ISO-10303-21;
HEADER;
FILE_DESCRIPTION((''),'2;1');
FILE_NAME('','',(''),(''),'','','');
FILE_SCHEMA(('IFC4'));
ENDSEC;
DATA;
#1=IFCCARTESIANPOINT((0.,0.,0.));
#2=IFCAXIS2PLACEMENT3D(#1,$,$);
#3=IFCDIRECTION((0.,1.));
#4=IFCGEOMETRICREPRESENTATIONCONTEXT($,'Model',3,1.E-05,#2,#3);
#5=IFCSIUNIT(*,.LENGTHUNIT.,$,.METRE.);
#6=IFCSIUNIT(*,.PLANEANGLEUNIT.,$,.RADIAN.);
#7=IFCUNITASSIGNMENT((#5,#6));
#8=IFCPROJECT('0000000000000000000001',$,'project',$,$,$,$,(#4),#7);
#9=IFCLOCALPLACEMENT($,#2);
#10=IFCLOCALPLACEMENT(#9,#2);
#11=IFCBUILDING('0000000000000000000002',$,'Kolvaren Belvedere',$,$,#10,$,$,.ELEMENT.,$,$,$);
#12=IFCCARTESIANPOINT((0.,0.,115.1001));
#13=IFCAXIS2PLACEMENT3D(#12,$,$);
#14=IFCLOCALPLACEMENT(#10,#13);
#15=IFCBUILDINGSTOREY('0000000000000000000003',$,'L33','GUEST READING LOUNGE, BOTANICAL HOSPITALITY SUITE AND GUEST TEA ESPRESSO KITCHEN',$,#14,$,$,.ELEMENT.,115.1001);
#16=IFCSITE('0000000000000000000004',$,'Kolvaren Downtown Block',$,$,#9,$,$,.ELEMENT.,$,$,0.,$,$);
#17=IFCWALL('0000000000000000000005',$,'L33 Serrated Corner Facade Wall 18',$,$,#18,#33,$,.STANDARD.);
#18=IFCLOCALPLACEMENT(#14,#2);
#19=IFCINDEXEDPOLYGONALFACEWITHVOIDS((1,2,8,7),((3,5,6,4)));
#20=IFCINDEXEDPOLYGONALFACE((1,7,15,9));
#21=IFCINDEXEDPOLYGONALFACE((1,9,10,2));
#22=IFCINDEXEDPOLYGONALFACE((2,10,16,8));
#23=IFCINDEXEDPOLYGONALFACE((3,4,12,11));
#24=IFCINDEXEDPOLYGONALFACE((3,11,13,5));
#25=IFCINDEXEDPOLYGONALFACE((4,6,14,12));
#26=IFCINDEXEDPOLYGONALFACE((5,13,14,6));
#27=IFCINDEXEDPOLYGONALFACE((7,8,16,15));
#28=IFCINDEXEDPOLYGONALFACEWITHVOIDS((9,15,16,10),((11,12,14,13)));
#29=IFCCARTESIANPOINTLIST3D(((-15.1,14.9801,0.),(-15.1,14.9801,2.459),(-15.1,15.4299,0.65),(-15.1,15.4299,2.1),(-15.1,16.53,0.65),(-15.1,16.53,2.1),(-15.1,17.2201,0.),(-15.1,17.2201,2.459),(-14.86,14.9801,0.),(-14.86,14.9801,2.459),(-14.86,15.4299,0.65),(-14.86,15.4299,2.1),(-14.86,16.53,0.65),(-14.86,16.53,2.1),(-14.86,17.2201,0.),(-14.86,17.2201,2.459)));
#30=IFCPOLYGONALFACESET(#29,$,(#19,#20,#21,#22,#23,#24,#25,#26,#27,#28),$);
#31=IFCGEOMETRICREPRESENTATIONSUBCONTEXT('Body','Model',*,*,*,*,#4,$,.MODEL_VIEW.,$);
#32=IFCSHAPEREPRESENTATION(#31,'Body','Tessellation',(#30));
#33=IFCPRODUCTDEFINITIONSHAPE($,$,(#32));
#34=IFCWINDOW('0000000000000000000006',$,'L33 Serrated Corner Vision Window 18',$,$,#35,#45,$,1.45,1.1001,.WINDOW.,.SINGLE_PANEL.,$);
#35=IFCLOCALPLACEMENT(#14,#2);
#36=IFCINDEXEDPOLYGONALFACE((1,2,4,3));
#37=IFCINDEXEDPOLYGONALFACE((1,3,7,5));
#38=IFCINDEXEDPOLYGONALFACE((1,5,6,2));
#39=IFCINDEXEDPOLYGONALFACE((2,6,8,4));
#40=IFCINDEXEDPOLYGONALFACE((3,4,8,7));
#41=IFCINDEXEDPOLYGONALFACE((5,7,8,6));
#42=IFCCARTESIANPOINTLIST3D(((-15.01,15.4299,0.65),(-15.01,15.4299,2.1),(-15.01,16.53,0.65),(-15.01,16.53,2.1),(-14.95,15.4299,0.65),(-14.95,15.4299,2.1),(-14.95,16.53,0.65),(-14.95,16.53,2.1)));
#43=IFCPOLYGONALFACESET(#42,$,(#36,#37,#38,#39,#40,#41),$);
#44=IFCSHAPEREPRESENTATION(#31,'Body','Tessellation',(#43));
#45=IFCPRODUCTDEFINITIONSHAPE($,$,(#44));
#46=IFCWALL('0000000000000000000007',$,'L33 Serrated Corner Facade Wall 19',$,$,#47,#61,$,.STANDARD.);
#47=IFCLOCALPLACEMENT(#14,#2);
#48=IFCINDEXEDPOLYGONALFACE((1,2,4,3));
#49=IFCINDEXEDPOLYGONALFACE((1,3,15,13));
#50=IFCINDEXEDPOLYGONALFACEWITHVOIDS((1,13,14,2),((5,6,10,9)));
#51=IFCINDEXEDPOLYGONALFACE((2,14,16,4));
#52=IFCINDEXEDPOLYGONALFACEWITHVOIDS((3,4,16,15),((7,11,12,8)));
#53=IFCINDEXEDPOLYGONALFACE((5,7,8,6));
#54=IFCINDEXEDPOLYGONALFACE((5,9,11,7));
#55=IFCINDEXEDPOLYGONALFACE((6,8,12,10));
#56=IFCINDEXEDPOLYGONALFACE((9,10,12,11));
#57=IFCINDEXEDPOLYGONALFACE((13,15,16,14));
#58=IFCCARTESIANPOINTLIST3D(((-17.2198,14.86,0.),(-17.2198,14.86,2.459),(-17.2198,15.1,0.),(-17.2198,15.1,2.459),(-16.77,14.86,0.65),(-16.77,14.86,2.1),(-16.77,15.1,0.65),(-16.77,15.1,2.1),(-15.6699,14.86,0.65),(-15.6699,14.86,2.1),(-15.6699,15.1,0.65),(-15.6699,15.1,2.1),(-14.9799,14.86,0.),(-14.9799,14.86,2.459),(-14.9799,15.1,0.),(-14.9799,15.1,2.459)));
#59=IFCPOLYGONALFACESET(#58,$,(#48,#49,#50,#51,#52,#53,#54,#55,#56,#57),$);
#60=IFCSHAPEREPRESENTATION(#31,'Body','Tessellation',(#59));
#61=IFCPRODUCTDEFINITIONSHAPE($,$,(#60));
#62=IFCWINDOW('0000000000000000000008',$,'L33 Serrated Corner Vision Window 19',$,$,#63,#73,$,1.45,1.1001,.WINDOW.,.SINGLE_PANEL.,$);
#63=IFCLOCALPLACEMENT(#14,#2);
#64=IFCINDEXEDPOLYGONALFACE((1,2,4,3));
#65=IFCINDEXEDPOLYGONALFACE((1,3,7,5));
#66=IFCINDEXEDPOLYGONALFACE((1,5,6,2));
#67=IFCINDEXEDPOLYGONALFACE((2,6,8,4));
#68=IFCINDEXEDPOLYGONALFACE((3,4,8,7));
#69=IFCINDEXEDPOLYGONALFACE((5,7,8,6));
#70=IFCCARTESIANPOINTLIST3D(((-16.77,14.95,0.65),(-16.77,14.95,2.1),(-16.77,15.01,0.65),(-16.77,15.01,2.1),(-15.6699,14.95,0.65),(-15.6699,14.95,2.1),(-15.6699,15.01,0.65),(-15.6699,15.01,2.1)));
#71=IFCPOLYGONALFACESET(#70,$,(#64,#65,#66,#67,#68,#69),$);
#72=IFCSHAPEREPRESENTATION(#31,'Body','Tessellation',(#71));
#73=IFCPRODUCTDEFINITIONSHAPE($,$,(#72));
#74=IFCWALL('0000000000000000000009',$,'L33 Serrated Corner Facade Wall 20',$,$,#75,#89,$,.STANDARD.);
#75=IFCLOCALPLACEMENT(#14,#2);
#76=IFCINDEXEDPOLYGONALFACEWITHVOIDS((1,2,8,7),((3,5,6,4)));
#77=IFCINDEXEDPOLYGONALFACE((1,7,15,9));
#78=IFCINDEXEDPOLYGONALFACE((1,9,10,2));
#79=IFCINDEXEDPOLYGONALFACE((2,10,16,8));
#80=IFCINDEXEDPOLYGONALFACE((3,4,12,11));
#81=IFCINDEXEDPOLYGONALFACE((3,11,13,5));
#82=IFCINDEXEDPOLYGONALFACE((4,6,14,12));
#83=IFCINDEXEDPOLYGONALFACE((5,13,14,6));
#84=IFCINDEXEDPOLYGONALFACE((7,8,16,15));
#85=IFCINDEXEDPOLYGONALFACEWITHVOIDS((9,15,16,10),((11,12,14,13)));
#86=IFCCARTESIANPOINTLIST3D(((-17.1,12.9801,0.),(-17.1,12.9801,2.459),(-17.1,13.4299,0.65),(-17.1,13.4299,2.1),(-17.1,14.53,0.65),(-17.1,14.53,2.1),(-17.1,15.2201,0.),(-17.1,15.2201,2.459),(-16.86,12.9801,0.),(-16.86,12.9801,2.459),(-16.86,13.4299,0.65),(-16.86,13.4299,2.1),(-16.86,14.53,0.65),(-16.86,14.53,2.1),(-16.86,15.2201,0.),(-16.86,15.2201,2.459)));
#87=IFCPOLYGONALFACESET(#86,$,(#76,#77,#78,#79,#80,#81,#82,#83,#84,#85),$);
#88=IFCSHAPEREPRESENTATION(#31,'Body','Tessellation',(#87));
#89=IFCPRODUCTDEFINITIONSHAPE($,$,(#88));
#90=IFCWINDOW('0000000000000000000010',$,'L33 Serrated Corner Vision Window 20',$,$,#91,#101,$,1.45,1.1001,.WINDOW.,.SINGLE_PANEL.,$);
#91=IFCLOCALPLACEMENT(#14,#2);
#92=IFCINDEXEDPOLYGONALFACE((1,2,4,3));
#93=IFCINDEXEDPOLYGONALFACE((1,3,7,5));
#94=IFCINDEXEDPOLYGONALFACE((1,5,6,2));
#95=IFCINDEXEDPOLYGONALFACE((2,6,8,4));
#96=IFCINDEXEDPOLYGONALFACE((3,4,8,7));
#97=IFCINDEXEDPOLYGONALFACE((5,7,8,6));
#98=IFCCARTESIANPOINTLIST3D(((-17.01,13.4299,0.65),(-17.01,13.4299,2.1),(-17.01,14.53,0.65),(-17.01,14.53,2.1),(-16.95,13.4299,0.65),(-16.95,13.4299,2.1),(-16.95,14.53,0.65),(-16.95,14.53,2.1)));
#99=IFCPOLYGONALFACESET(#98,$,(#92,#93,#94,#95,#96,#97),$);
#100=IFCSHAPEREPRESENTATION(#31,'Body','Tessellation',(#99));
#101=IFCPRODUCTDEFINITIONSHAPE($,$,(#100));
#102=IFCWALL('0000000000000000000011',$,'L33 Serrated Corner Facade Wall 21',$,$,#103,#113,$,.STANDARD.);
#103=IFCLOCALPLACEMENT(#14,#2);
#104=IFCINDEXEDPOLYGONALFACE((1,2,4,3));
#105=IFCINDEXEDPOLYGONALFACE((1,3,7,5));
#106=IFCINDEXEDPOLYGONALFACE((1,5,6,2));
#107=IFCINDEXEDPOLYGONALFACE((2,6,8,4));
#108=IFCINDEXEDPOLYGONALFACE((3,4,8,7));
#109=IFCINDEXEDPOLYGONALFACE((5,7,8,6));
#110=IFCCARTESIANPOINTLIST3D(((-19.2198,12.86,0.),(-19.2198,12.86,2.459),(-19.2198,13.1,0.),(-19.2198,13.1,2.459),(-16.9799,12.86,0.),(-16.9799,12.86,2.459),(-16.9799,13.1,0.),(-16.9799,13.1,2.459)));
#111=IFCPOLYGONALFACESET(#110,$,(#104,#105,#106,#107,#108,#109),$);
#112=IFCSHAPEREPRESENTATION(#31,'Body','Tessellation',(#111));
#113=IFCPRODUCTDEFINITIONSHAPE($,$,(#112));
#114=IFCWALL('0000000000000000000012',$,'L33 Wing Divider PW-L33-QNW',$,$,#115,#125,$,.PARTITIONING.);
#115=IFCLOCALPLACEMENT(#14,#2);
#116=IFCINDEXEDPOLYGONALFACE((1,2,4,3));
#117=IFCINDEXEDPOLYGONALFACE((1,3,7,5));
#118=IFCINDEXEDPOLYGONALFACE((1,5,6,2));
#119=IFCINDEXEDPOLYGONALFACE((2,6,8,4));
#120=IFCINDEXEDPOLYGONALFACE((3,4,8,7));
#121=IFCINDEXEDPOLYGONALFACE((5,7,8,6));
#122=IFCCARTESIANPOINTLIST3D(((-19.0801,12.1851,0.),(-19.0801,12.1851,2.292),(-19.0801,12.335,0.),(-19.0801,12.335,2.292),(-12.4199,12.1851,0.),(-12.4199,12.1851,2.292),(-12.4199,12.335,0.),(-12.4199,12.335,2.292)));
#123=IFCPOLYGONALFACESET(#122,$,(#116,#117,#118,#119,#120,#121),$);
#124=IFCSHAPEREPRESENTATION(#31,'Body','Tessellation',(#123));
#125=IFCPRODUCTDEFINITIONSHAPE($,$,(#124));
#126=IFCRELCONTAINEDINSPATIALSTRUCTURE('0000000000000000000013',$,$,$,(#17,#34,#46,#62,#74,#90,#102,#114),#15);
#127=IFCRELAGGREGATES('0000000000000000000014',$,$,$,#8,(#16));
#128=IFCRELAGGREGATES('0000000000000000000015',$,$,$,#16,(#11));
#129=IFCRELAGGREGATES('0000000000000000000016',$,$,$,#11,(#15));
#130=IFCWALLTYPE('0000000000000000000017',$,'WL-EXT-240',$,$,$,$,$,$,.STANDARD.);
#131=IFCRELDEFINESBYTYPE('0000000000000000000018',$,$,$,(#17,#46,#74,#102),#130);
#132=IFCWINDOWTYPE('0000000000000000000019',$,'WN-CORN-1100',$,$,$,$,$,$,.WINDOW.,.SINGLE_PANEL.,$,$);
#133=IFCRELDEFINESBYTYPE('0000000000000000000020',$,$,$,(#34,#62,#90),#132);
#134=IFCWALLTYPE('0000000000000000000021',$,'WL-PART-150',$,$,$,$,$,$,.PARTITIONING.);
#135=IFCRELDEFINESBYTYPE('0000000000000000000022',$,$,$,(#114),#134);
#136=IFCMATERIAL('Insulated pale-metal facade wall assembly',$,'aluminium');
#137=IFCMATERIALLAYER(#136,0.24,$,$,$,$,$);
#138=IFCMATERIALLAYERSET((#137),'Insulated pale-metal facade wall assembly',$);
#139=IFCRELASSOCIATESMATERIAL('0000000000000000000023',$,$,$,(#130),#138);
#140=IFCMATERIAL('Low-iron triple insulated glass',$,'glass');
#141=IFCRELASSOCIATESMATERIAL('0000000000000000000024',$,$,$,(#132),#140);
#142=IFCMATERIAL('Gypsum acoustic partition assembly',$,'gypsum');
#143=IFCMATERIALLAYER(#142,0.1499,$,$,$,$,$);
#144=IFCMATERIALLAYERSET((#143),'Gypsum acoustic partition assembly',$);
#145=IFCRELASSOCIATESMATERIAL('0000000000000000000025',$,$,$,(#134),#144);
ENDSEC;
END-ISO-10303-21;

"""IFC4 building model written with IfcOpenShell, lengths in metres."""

from ifc_helpers import new_model, si_unit, direction, frame, frame_2d, origin, place, context, subcontext, project, spatial, rectangle, extrude, material, layer, layer_set, type_object, element, fill, save


model = new_model("IFC4")

# Units and contexts
model_context = context("Model", 3, precision=1e-05, world=origin(), true_north=direction((0.0, 1.0)))
body_context = subcontext(model_context, "Body", "Model", "MODEL_VIEW")
ifc_project = project(units=[si_unit("LENGTHUNIT", "METRE"), si_unit("PLANEANGLEUNIT", "RADIAN")], contexts=[model_context])

# Site, building, storey
site_placement = place(None, origin())
site = spatial("IfcSite", under=ifc_project, at=site_placement, Name="Kolvaren Downtown Block", CompositionType="ELEMENT", RefElevation=0.0)
building_placement = place(site_placement, origin())
building = spatial("IfcBuilding", under=site, at=building_placement, Name="Kolvaren Belvedere", CompositionType="ELEMENT")
storey_placement = place(building_placement, frame((0.0, 0.0, 115.1001)))
storey = spatial("IfcBuildingStorey", under=building, at=storey_placement, Name="L33", Description="GUEST READING LOUNGE, BOTANICAL HOSPITALITY SUITE AND GUEST TEA ESPRESSO KITCHEN", CompositionType="ELEMENT", Elevation=115.1001)

# Shared definitions
ifc_material_1 = material(Name="Insulated pale-metal facade wall assembly", Category="aluminium")
ifc_layer_1 = layer(ifc_material_1, 0.24)
ifc_layer_set_1 = layer_set([ifc_layer_1], Name="Insulated pale-metal facade wall assembly")
wall_type_1 = type_object("IfcWallType", Name="WL-EXT-240", PredefinedType="STANDARD", material=ifc_layer_set_1)

# Walls, openings, windows
ifc_material_2 = material(Name="Low-iron triple insulated glass", Category="glass")
window_type = type_object("IfcWindowType", Name="WN-CORN-1100", PartitioningType="SINGLE_PANEL", PredefinedType="WINDOW", material=ifc_material_2)
wall_1_placement = place(storey_placement, frame((-14.98, 14.98, 0.0), z_axis=(0.0, 0.0, 1.0), x_axis=(0.0, 1.0, 0.0)))
wall_1 = element("IfcWall", 1, at=wall_1_placement, inside=storey, type_object=wall_type_1, Name="L33 Serrated Corner Facade Wall 18", PredefinedType="STANDARD", context=body_context, shape_type="SweptSolid", body=[
    extrude(rectangle(XDim=2.24, YDim=0.24, at=frame_2d((1.1201, 0.0))), origin(), (0.0, 0.0, 1.0), 2.459),
])
opening_1_placement = place(wall_1_placement, frame((0.45, 0.0, 0.6499)))
opening_1 = element("IfcOpeningElement", 2, at=opening_1_placement, cuts=wall_1, PredefinedType="OPENING", context=body_context, shape_type="SweptSolid", body=[
    extrude(rectangle(XDim=1.1001, YDim=1.45, at=frame_2d((0.55, 0.7251))), frame((0.0, 0.1299, 0.0), z_axis=(0.0, -1.0, 0.0), x_axis=(1.0, 0.0, 0.0)), (0.0, 0.0, 1.0), 0.26),
])
window_1_placement = place(opening_1_placement, origin())
window_1 = element("IfcWindow", 3, at=window_1_placement, inside=storey, type_object=window_type, Name="L33 Serrated Corner Vision Window 18", OverallHeight=1.45, OverallWidth=1.1001, PartitioningType="SINGLE_PANEL", PredefinedType="WINDOW", context=body_context, shape_type="SweptSolid", body=[
    extrude(rectangle(XDim=1.1001, YDim=1.45, at=frame_2d((0.55, 0.7251))), frame((0.0, 0.03, 0.0), z_axis=(0.0, -1.0, 0.0), x_axis=(1.0, 0.0, 0.0)), (0.0, 0.0, 1.0), 0.0601),
])
fill(opening_1, window_1)
wall_2_placement = place(storey_placement, frame((-17.22, 14.98, 0.0), z_axis=(0.0, 0.0, 1.0), x_axis=(1.0, 0.0, 0.0)))
wall_2 = element("IfcWall", 4, at=wall_2_placement, inside=storey, type_object=wall_type_1, Name="L33 Serrated Corner Facade Wall 19", PredefinedType="STANDARD", context=body_context, shape_type="SweptSolid", body=[
    extrude(rectangle(XDim=2.24, YDim=0.24, at=frame_2d((1.1201, 0.0))), origin(), (0.0, 0.0, 1.0), 2.459),
])
opening_2_placement = place(wall_2_placement, frame((0.45, 0.0, 0.6499)))
opening_2 = element("IfcOpeningElement", 5, at=opening_2_placement, cuts=wall_2, PredefinedType="OPENING", context=body_context, shape_type="SweptSolid", body=[
    extrude(rectangle(XDim=1.1001, YDim=1.45, at=frame_2d((0.55, 0.7251))), frame((0.0, 0.1299, 0.0), z_axis=(0.0, -1.0, 0.0), x_axis=(1.0, 0.0, 0.0)), (0.0, 0.0, 1.0), 0.26),
])
window_2_placement = place(opening_2_placement, origin())
window_2 = element("IfcWindow", 6, at=window_2_placement, inside=storey, type_object=window_type, Name="L33 Serrated Corner Vision Window 19", OverallHeight=1.45, OverallWidth=1.1001, PartitioningType="SINGLE_PANEL", PredefinedType="WINDOW", context=body_context, shape_type="SweptSolid", body=[
    extrude(rectangle(XDim=1.1001, YDim=1.45, at=frame_2d((0.55, 0.7251))), frame((0.0, 0.03, 0.0), z_axis=(0.0, -1.0, 0.0), x_axis=(1.0, 0.0, 0.0)), (0.0, 0.0, 1.0), 0.0601),
])
fill(opening_2, window_2)
wall_3_placement = place(storey_placement, frame((-16.98, 12.98, 0.0), z_axis=(0.0, 0.0, 1.0), x_axis=(0.0, 1.0, 0.0)))
wall_3 = element("IfcWall", 7, at=wall_3_placement, inside=storey, type_object=wall_type_1, Name="L33 Serrated Corner Facade Wall 20", PredefinedType="STANDARD", context=body_context, shape_type="SweptSolid", body=[
    extrude(rectangle(XDim=2.24, YDim=0.24, at=frame_2d((1.1201, 0.0))), origin(), (0.0, 0.0, 1.0), 2.459),
])
opening_3_placement = place(wall_3_placement, frame((0.45, 0.0, 0.6499)))
opening_3 = element("IfcOpeningElement", 8, at=opening_3_placement, cuts=wall_3, PredefinedType="OPENING", context=body_context, shape_type="SweptSolid", body=[
    extrude(rectangle(XDim=1.1001, YDim=1.45, at=frame_2d((0.55, 0.7251))), frame((0.0, 0.1299, 0.0), z_axis=(0.0, -1.0, 0.0), x_axis=(1.0, 0.0, 0.0)), (0.0, 0.0, 1.0), 0.26),
])
window_3_placement = place(opening_3_placement, origin())
window_3 = element("IfcWindow", 9, at=window_3_placement, inside=storey, type_object=window_type, Name="L33 Serrated Corner Vision Window 20", OverallHeight=1.45, OverallWidth=1.1001, PartitioningType="SINGLE_PANEL", PredefinedType="WINDOW", context=body_context, shape_type="SweptSolid", body=[
    extrude(rectangle(XDim=1.1001, YDim=1.45, at=frame_2d((0.55, 0.7251))), frame((0.0, 0.03, 0.0), z_axis=(0.0, -1.0, 0.0), x_axis=(1.0, 0.0, 0.0)), (0.0, 0.0, 1.0), 0.0601),
])
fill(opening_3, window_3)

# Walls
wall_4_placement = place(storey_placement, frame((-19.22, 12.98, 0.0), z_axis=(0.0, 0.0, 1.0), x_axis=(1.0, 0.0, 0.0)))
element("IfcWall", 10, at=wall_4_placement, inside=storey, type_object=wall_type_1, Name="L33 Serrated Corner Facade Wall 21", PredefinedType="STANDARD", context=body_context, shape_type="SweptSolid", body=[
    extrude(rectangle(XDim=2.24, YDim=0.24, at=frame_2d((1.1201, 0.0))), origin(), (0.0, 0.0, 1.0), 2.459),
])
ifc_material_3 = material(Name="Gypsum acoustic partition assembly", Category="gypsum")
ifc_layer_2 = layer(ifc_material_3, 0.1499)
ifc_layer_set_2 = layer_set([ifc_layer_2], Name="Gypsum acoustic partition assembly")
wall_type_2 = type_object("IfcWallType", Name="WL-PART-150", PredefinedType="PARTITIONING", material=ifc_layer_set_2)
wall_5_placement = place(storey_placement, frame((-19.0801, 12.26, 0.0), z_axis=(0.0, 0.0, 1.0), x_axis=(1.0, 0.0, 0.0)))
element("IfcWall", 11, at=wall_5_placement, inside=storey, type_object=wall_type_2, Name="L33 Wing Divider PW-L33-QNW", PredefinedType="PARTITIONING", context=body_context, shape_type="SweptSolid", body=[
    extrude(rectangle(XDim=6.6602, YDim=0.1499, at=frame_2d((3.3301, 0.0))), origin(), (0.0, 0.0, 1.0), 2.292),
])

save(model, "model.ifc")
